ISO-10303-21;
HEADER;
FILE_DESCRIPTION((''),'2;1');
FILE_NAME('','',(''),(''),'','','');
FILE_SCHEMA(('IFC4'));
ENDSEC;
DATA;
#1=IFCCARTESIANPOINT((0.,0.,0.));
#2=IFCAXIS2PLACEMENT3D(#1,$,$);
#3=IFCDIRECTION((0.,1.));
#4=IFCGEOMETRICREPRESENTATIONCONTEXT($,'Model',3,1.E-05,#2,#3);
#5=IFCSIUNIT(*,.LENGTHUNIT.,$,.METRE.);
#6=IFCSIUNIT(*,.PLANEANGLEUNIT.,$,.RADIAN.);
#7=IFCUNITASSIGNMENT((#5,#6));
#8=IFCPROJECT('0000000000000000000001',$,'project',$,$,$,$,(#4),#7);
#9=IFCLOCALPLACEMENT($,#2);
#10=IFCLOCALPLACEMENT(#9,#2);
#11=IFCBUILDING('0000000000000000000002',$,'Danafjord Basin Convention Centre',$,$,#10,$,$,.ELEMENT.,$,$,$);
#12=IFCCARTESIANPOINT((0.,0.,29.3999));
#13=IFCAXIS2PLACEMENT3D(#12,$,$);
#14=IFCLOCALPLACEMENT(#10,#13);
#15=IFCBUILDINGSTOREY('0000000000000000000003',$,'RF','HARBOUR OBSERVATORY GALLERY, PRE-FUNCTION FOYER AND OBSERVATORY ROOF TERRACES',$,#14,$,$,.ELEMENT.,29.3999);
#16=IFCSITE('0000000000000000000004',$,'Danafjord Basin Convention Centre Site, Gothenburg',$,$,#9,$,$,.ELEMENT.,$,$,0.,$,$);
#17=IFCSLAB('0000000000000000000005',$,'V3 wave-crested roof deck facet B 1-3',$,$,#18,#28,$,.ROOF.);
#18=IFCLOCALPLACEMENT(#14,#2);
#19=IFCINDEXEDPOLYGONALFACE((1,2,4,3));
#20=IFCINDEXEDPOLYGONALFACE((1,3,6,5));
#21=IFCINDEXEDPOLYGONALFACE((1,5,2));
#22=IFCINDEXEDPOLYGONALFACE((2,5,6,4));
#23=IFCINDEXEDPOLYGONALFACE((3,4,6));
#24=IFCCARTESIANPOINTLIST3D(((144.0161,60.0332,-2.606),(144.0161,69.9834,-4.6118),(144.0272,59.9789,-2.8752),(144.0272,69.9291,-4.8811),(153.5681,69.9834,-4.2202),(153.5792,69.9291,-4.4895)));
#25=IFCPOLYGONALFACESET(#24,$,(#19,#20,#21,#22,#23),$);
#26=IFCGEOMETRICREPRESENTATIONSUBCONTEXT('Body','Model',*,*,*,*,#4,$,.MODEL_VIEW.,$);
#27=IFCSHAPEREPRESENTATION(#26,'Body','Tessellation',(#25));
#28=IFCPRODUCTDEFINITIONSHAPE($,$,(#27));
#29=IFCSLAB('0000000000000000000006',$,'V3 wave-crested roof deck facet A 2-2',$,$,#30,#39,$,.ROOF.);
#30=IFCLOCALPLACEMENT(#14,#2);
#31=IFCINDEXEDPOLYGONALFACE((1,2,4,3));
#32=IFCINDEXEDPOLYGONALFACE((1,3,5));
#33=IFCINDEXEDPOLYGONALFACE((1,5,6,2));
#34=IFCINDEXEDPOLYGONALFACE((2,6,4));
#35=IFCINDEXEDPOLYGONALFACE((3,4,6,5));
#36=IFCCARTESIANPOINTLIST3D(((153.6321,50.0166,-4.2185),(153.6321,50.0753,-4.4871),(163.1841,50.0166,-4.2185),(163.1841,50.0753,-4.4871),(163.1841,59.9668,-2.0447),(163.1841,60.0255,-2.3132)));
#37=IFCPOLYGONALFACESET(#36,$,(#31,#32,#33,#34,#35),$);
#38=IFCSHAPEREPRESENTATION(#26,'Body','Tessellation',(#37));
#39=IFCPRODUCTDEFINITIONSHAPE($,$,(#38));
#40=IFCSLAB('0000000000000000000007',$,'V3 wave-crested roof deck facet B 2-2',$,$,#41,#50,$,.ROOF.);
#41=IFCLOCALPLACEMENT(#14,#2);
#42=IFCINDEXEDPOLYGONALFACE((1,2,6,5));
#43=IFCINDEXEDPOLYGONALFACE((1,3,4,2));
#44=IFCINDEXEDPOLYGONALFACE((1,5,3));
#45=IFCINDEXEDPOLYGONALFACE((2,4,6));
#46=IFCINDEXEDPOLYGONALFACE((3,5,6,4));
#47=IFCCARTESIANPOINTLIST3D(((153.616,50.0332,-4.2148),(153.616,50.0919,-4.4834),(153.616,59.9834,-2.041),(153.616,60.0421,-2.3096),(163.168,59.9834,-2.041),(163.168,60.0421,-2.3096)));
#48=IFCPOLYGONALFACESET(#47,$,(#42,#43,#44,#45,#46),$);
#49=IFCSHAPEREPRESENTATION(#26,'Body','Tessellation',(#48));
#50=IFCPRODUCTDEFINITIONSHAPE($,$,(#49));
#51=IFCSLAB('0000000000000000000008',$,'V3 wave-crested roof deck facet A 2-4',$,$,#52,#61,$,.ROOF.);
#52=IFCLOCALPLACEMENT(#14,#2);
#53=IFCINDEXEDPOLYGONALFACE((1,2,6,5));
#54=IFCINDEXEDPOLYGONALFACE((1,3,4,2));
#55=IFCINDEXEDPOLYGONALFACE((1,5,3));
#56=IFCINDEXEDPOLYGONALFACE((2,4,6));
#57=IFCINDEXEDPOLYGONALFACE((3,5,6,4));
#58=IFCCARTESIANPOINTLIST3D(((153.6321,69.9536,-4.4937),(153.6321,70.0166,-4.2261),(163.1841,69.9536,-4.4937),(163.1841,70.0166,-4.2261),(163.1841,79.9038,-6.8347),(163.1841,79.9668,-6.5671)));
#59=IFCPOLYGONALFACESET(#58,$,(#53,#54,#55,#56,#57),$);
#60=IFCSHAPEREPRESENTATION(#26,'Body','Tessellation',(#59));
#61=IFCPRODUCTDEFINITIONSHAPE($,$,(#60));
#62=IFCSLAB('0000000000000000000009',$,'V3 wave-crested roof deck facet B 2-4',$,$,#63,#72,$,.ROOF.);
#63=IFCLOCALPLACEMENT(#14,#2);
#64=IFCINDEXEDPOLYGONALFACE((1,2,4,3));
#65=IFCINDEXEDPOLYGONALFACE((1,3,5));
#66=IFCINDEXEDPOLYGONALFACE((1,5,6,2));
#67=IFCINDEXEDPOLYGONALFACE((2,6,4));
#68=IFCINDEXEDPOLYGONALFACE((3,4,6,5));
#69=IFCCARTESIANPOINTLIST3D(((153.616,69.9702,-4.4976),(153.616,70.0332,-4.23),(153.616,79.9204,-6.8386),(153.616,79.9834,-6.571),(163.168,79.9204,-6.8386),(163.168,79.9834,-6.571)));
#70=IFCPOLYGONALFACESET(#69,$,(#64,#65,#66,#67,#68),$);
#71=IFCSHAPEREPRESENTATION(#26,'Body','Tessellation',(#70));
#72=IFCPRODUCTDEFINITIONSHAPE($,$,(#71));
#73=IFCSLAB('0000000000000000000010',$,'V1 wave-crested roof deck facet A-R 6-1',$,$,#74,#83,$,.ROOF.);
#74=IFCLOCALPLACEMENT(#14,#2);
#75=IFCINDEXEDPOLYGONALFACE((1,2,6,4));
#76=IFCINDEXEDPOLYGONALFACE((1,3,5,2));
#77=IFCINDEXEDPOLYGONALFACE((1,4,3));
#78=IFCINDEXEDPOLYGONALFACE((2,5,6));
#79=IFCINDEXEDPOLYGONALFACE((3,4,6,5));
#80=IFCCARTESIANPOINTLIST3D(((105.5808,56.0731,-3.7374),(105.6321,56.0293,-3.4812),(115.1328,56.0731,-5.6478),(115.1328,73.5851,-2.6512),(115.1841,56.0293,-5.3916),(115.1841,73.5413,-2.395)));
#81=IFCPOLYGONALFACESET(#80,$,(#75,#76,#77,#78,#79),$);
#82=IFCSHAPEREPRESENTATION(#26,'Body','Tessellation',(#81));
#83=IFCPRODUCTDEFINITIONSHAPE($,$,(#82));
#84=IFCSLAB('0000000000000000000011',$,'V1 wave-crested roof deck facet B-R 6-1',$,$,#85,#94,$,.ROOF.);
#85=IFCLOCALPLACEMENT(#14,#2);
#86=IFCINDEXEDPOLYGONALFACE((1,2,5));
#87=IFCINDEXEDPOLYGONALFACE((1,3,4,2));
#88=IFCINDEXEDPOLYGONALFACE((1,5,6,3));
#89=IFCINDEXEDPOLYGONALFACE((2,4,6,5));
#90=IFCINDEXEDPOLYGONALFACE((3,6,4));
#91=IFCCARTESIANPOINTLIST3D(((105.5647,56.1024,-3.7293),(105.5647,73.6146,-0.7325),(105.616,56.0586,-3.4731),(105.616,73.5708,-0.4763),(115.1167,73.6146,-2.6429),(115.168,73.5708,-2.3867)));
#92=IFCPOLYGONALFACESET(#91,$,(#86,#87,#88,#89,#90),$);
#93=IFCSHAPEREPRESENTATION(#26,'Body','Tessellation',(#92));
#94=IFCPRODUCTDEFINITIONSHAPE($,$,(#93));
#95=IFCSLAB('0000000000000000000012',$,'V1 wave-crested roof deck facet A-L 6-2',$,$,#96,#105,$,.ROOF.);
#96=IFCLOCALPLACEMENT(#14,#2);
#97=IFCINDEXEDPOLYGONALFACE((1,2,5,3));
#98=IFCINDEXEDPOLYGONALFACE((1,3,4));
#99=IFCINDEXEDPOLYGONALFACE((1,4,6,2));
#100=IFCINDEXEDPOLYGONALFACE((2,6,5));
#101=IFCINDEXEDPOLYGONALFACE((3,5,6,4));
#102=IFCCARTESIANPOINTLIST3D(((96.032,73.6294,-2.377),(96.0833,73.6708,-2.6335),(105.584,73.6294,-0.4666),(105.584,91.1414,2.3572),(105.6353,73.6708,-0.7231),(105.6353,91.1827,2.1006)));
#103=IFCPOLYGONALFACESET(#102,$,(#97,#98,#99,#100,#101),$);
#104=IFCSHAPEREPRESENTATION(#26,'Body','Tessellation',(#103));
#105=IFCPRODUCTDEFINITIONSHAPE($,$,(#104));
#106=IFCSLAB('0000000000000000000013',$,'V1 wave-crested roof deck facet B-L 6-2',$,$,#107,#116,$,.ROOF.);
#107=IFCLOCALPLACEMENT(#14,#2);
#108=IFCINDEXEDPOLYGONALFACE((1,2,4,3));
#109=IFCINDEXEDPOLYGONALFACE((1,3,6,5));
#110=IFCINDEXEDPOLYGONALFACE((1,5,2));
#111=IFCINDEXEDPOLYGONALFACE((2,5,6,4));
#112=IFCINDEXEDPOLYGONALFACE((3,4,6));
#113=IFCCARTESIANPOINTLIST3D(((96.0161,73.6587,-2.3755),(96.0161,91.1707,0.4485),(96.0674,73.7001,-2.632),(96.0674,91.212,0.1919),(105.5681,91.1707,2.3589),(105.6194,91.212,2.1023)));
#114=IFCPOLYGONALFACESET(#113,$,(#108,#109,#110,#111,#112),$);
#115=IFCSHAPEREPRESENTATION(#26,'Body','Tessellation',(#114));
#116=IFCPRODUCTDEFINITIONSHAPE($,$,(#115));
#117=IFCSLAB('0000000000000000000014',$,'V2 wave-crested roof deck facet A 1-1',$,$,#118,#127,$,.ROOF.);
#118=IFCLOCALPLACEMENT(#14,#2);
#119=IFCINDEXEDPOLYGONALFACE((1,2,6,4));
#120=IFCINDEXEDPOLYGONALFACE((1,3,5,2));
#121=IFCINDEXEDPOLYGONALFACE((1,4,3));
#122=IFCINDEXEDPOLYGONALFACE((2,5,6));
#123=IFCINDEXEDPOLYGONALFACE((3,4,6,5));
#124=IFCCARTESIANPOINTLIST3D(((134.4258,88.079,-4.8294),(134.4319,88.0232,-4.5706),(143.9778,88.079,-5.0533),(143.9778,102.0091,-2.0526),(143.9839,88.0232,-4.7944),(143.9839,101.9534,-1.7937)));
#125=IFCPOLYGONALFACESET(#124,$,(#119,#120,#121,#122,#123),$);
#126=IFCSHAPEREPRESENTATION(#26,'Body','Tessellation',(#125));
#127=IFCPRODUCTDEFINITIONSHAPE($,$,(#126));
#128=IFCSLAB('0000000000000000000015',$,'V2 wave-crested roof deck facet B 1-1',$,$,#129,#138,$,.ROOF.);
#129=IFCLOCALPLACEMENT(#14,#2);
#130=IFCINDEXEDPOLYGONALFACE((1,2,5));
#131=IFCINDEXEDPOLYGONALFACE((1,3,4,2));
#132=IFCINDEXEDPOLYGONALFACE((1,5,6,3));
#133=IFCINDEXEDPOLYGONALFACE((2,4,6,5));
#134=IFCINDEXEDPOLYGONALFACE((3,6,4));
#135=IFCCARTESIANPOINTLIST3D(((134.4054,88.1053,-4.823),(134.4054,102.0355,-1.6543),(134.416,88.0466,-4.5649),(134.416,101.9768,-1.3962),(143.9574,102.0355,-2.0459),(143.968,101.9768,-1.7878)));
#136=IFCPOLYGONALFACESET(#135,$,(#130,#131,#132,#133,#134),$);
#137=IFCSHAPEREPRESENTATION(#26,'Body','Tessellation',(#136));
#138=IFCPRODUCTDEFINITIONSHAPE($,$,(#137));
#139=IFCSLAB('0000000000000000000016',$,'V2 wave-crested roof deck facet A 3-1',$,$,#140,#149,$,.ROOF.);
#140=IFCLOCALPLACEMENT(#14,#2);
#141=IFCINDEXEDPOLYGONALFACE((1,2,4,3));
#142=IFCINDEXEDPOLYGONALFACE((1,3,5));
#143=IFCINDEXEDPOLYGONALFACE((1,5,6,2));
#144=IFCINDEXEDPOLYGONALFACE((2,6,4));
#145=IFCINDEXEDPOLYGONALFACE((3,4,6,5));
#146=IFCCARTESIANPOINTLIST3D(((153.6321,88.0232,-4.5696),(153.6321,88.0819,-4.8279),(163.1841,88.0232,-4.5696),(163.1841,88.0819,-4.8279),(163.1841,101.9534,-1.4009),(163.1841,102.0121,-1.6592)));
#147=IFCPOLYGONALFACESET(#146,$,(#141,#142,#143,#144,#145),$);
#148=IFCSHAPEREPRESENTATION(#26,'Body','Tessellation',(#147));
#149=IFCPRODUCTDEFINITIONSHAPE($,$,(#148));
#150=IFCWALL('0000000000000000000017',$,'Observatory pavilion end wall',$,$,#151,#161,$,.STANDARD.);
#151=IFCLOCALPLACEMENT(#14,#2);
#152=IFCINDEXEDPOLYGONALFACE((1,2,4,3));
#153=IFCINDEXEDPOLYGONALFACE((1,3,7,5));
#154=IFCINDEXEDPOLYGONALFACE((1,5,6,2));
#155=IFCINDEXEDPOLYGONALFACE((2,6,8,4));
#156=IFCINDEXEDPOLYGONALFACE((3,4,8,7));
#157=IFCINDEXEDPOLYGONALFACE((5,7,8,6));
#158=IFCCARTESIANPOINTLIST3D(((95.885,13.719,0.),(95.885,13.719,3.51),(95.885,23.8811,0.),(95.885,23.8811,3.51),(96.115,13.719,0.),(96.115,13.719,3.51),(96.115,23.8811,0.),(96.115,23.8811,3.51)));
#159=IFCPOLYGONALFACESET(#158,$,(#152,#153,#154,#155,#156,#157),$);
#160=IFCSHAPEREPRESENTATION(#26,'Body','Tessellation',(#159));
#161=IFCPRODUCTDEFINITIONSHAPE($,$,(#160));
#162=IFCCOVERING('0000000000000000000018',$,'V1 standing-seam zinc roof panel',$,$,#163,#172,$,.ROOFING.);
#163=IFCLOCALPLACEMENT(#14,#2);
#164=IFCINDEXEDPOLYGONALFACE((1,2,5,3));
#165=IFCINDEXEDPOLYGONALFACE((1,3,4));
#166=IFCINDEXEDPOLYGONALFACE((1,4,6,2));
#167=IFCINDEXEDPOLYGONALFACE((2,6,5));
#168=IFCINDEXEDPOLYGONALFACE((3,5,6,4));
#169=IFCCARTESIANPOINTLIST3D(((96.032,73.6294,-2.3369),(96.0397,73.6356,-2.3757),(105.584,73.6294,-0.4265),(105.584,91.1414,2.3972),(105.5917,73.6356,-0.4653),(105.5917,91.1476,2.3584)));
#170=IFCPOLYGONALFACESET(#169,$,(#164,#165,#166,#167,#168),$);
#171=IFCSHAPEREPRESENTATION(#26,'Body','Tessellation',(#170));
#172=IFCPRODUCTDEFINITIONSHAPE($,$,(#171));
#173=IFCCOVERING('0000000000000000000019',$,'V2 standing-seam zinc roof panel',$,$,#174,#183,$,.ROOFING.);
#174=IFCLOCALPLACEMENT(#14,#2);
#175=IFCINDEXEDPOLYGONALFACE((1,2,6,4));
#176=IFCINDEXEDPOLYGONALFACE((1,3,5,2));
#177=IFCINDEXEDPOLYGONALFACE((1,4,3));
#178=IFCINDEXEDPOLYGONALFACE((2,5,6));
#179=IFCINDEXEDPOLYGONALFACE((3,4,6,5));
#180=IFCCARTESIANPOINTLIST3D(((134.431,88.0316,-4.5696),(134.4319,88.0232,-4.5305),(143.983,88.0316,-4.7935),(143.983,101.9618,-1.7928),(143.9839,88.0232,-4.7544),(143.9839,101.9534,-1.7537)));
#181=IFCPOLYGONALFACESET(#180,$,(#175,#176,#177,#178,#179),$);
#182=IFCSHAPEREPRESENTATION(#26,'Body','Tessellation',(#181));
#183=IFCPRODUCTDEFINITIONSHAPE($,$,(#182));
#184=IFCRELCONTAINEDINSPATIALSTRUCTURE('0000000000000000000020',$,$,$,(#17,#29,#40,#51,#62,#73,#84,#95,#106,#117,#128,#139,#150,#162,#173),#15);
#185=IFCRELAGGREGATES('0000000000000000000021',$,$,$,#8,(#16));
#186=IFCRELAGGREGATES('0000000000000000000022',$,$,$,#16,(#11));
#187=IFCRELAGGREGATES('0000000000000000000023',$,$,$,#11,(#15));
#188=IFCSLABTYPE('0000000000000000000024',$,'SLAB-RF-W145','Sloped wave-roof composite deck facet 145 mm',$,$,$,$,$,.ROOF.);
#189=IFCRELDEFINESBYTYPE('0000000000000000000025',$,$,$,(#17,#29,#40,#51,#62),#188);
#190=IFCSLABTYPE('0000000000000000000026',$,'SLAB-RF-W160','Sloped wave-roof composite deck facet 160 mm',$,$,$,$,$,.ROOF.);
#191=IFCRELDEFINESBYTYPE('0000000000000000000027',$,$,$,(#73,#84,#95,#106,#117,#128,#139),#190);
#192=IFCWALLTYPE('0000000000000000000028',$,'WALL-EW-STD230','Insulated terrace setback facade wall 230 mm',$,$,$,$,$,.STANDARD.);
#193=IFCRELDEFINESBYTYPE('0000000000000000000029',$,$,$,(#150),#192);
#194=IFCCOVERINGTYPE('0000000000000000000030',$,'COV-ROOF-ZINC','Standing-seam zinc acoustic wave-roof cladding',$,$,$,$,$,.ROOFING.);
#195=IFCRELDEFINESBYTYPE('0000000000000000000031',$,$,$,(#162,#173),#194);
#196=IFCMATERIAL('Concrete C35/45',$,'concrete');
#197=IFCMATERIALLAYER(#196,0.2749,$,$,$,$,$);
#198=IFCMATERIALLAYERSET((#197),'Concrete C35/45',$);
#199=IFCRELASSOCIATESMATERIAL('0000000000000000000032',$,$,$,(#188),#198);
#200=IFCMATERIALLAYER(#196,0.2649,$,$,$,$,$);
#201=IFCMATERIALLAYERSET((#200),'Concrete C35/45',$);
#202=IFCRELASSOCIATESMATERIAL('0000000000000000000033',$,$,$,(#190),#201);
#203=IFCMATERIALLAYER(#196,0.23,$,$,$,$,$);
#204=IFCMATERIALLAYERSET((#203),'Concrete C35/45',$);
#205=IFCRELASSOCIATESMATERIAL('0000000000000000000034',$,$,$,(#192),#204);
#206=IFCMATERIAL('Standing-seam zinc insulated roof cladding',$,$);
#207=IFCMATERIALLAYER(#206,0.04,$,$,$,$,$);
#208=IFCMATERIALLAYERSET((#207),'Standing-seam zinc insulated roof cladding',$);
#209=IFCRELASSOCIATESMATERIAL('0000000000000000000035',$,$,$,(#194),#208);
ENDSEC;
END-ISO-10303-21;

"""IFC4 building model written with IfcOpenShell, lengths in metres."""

from ifc_helpers import new_model, si_unit, direction, frame, frame_2d, origin, place, context, subcontext, project, spatial, polyline, rectangle, outline, extrude, material, layer, layer_set, type_object, element, save


model = new_model("IFC4")

# Units and contexts
model_context = context("Model", 3, precision=1e-05, world=origin(), true_north=direction((0.0, 1.0)))
body_context = subcontext(model_context, "Body", "Model", "MODEL_VIEW")
ifc_project = project(units=[si_unit("LENGTHUNIT", "METRE"), si_unit("PLANEANGLEUNIT", "RADIAN")], contexts=[model_context])

# Site, building, storey
site_placement = place(None, origin())
site = spatial("IfcSite", under=ifc_project, at=site_placement, Name="Danafjord Basin Convention Centre Site, Gothenburg", CompositionType="ELEMENT", RefElevation=0.0)
building_placement = place(site_placement, origin())
building = spatial("IfcBuilding", under=site, at=building_placement, Name="Danafjord Basin Convention Centre", CompositionType="ELEMENT")
storey_placement = place(building_placement, frame((0.0, 0.0, 29.3999)))
storey = spatial("IfcBuildingStorey", under=building, at=storey_placement, Name="RF", Description="HARBOUR OBSERVATORY GALLERY, PRE-FUNCTION FOYER AND OBSERVATORY ROOF TERRACES", CompositionType="ELEMENT", Elevation=29.3999)

# Slabs
ifc_material_1 = material(Name="Concrete C35/45", Category="concrete")
ifc_layer_1 = layer(ifc_material_1, 0.2749)
ifc_layer_set_1 = layer_set([ifc_layer_1], Name="Concrete C35/45")
slab_type_1 = type_object("IfcSlabType", Name="SLAB-RF-W145", Description="Sloped wave-roof composite deck facet 145 mm", PredefinedType="ROOF", material=ifc_layer_set_1)
slab_1_placement = place(storey_placement, frame((144.0161, 60.0332, -2.606), z_axis=(-0.040156, 0.197455, 0.979489), x_axis=(0.68783, 0.716504, -0.116241)))
element("IfcSlab", 1, at=slab_1_placement, inside=storey, type_object=slab_type_1, Name="V3 wave-crested roof deck facet B 1-3", PredefinedType="ROOF", context=body_context, shape_type="SweptSolid", body=[
    extrude(outline(polyline([(0.0, 0.0), (13.8872, 0.0), (7.3625, 6.9874), (0.0, 0.0)])), origin(), (0.0, 0.0, -1.0), 0.2749),
])
slab_2_placement = place(storey_placement, frame((153.6321, 50.0166, -4.2185), z_axis=(0.0, -0.213437, 0.976957), x_axis=(1.0, 0.0, 0.0)))
element("IfcSlab", 2, at=slab_2_placement, inside=storey, type_object=slab_type_1, Name="V3 wave-crested roof deck facet A 2-2", PredefinedType="ROOF", context=body_context, shape_type="SweptSolid", body=[
    extrude(outline(polyline([(0.0, 0.0), (9.552, 0.0), (9.552, 10.1849), (0.0, 0.0)])), origin(), (0.0, 0.0, -1.0), 0.2749),
])
slab_3_placement = place(storey_placement, frame((153.616, 50.0332, -4.2148), z_axis=(0.0, -0.213437, 0.976957), x_axis=(0.684081, 0.712598, 0.155682)))
element("IfcSlab", 3, at=slab_3_placement, inside=storey, type_object=slab_type_1, Name="V3 wave-crested roof deck facet B 2-2", PredefinedType="ROOF", context=body_context, shape_type="SweptSolid", body=[
    extrude(outline(polyline([(0.0, 0.0), (13.9633, 0.0), (7.4289, 6.9673), (0.0, 0.0)])), origin(), (0.0, 0.0, -1.0), 0.2749),
])
slab_4_placement = place(storey_placement, frame((153.6321, 70.0166, -4.2261), z_axis=(0.0, 0.229025, 0.973421), x_axis=(1.0, 0.0, 0.0)))
element("IfcSlab", 4, at=slab_4_placement, inside=storey, type_object=slab_type_1, Name="V3 wave-crested roof deck facet A 2-4", PredefinedType="ROOF", context=body_context, shape_type="SweptSolid", body=[
    extrude(outline(polyline([(0.0, 0.0), (9.552, 0.0), (9.552, 10.2219), (0.0, 0.0)])), origin(), (0.0, 0.0, -1.0), 0.2749),
])
slab_5_placement = place(storey_placement, frame((153.616, 70.0332, -4.23), z_axis=(0.0, 0.229025, 0.973421), x_axis=(0.68276, 0.711222, -0.167335)))
element("IfcSlab", 5, at=slab_5_placement, inside=storey, type_object=slab_type_1, Name="V3 wave-crested roof deck facet B 2-4", PredefinedType="ROOF", context=body_context, shape_type="SweptSolid", body=[
    extrude(outline(polyline([(0.0, 0.0), (13.9903, 0.0), (7.4685, 6.9791), (0.0, 0.0)])), origin(), (0.0, 0.0, -1.0), 0.2749),
])
ifc_layer_2 = layer(ifc_material_1, 0.2649)
ifc_layer_set_2 = layer_set([ifc_layer_2], Name="Concrete C35/45")
slab_type_2 = type_object("IfcSlabType", Name="SLAB-RF-W160", Description="Sloped wave-roof composite deck facet 160 mm", PredefinedType="ROOF", material=ifc_layer_set_2)
slab_6_placement = place(storey_placement, frame((105.6321, 56.0293, -3.4812), z_axis=(0.193412, -0.16548, 0.967062), x_axis=(0.980581, 0.0, -0.196116)))
element("IfcSlab", 6, at=slab_6_placement, inside=storey, type_object=slab_type_2, Name="V1 wave-crested roof deck facet A-R 6-1", PredefinedType="ROOF", context=body_context, shape_type="SweptSolid", body=[
    extrude(outline(polyline([(0.0, 0.0), (9.7412, 0.0), (9.1535, 17.7568), (0.0, 0.0)])), origin(), (0.0, 0.0, -1.0), 0.2649),
])
slab_7_placement = place(storey_placement, frame((105.616, 56.0586, -3.4731), z_axis=(0.193412, -0.165491, 0.96706), x_axis=(0.478139, 0.876599, 0.054383)))
element("IfcSlab", 7, at=slab_7_placement, inside=storey, type_object=slab_type_2, Name="V1 wave-crested roof deck facet B-R 6-1", PredefinedType="ROOF", context=body_context, shape_type="SweptSolid", body=[
    extrude(outline(polyline([(0.0, 0.0), (19.9774, 0.0), (15.5142, 8.6585), (0.0, 0.0)])), origin(), (0.0, 0.0, -1.0), 0.2649),
])
slab_8_placement = place(storey_placement, frame((96.032, 73.6294, -2.377), z_axis=(-0.19371, -0.156174, 0.968548), x_axis=(0.980581, 0.0, 0.196116)))
element("IfcSlab", 8, at=slab_8_placement, inside=storey, type_object=slab_type_2, Name="V1 wave-crested roof deck facet A-L 6-2", PredefinedType="ROOF", context=body_context, shape_type="SweptSolid", body=[
    extrude(outline(polyline([(0.0, 0.0), (9.7412, 0.0), (10.2949, 17.7295), (0.0, 0.0)])), origin(), (0.0, 0.0, -1.0), 0.2649),
])
slab_9_placement = place(storey_placement, frame((96.0161, 73.6587, -2.3755), z_axis=(-0.193709, -0.156188, 0.968546), x_axis=(0.46591, 0.854167, 0.230925)))
element("IfcSlab", 9, at=slab_9_placement, inside=storey, type_object=slab_type_2, Name="V1 wave-crested roof deck facet B-L 6-2", PredefinedType="ROOF", context=body_context, shape_type="SweptSolid", body=[
    extrude(outline(polyline([(0.0, 0.0), (20.5018, 0.0), (15.6103, 8.424), (0.0, 0.0)])), origin(), (0.0, 0.0, -1.0), 0.2649),
])
slab_10_placement = place(storey_placement, frame((134.4319, 88.0232, -4.5706), z_axis=(0.022906, -0.210527, 0.97732), x_axis=(0.999725, 0.0, -0.023431)))
element("IfcSlab", 10, at=slab_10_placement, inside=storey, type_object=slab_type_2, Name="V2 wave-crested roof deck facet A 1-1", PredefinedType="ROOF", context=body_context, shape_type="SweptSolid", body=[
    extrude(outline(polyline([(0.0, 0.0), (9.5546, 0.0), (9.4843, 14.2495), (0.0, 0.0)])), origin(), (0.0, 0.0, -1.0), 0.2649),
])
slab_11_placement = place(storey_placement, frame((134.416, 88.0466, -4.5649), z_axis=(0.039944, -0.221627, 0.974313), x_axis=(0.558031, 0.813806, 0.162239)))
element("IfcSlab", 11, at=slab_11_placement, inside=storey, type_object=slab_type_2, Name="V2 wave-crested roof deck facet B 1-1", PredefinedType="ROOF", context=body_context, shape_type="SweptSolid", body=[
    extrude(outline(polyline([(0.0, 0.0), (17.1173, 0.0), (11.8505, 7.9784), (0.0, 0.0)])), origin(), (0.0, 0.0, -1.0), 0.2649),
])
slab_12_placement = place(storey_placement, frame((153.6321, 88.0232, -4.5696), z_axis=(0.0, -0.221804, 0.975091), x_axis=(1.0, 0.0, 0.0)))
element("IfcSlab", 12, at=slab_12_placement, inside=storey, type_object=slab_type_2, Name="V2 wave-crested roof deck facet A 3-1", PredefinedType="ROOF", context=body_context, shape_type="SweptSolid", body=[
    extrude(outline(polyline([(0.0, 0.0), (9.552, 0.0), (9.552, 14.286), (0.0, 0.0)])), origin(), (0.0, 0.0, -1.0), 0.2649),
])

# Wall
ifc_layer_3 = layer(ifc_material_1, 0.23)
ifc_layer_set_3 = layer_set([ifc_layer_3], Name="Concrete C35/45")
wall_type = type_object("IfcWallType", Name="WALL-EW-STD230", Description="Insulated terrace setback facade wall 230 mm", PredefinedType="STANDARD", material=ifc_layer_set_3)
wall_placement = place(storey_placement, frame((96.0, 13.719, 0.0), z_axis=(0.0, 0.0, 1.0), x_axis=(0.0, 1.0, 0.0)))
element("IfcWall", 13, at=wall_placement, inside=storey, type_object=wall_type, Name="Observatory pavilion end wall", PredefinedType="STANDARD", context=body_context, shape_type="SweptSolid", body=[
    extrude(rectangle(XDim=10.1621, YDim=0.23, at=frame_2d((5.0811, 0.0))), origin(), (0.0, 0.0, 1.0), 3.51),
])

# Coverings
ifc_material_2 = material(Name="Standing-seam zinc insulated roof cladding")
ifc_layer_4 = layer(ifc_material_2, 0.04)
ifc_layer_set_4 = layer_set([ifc_layer_4], Name="Standing-seam zinc insulated roof cladding")
covering_type = type_object("IfcCoveringType", Name="COV-ROOF-ZINC", Description="Standing-seam zinc acoustic wave-roof cladding", PredefinedType="ROOFING", material=ifc_layer_set_4)
covering_1_placement = place(storey_placement, frame((96.032, 73.6294, -2.3369), z_axis=(-0.19371, -0.156174, 0.968548), x_axis=(0.980581, 0.0, 0.196116)))
element("IfcCovering", 14, at=covering_1_placement, inside=storey, type_object=covering_type, Name="V1 standing-seam zinc roof panel", PredefinedType="ROOFING", context=body_context, shape_type="SweptSolid", body=[
    extrude(outline(polyline([(0.0, 0.0), (9.7412, 0.0), (10.2949, 17.7295), (0.0, 0.0)])), origin(), (0.0, 0.0, -1.0), 0.04),
])
covering_2_placement = place(storey_placement, frame((134.4319, 88.0232, -4.5305), z_axis=(0.022906, -0.210527, 0.97732), x_axis=(0.999725, 0.0, -0.023431)))
element("IfcCovering", 15, at=covering_2_placement, inside=storey, type_object=covering_type, Name="V2 standing-seam zinc roof panel", PredefinedType="ROOFING", context=body_context, shape_type="SweptSolid", body=[
    extrude(outline(polyline([(0.0, 0.0), (9.5546, 0.0), (9.4843, 14.2495), (0.0, 0.0)])), origin(), (0.0, 0.0, -1.0), 0.04),
])

save(model, "model.ifc")
